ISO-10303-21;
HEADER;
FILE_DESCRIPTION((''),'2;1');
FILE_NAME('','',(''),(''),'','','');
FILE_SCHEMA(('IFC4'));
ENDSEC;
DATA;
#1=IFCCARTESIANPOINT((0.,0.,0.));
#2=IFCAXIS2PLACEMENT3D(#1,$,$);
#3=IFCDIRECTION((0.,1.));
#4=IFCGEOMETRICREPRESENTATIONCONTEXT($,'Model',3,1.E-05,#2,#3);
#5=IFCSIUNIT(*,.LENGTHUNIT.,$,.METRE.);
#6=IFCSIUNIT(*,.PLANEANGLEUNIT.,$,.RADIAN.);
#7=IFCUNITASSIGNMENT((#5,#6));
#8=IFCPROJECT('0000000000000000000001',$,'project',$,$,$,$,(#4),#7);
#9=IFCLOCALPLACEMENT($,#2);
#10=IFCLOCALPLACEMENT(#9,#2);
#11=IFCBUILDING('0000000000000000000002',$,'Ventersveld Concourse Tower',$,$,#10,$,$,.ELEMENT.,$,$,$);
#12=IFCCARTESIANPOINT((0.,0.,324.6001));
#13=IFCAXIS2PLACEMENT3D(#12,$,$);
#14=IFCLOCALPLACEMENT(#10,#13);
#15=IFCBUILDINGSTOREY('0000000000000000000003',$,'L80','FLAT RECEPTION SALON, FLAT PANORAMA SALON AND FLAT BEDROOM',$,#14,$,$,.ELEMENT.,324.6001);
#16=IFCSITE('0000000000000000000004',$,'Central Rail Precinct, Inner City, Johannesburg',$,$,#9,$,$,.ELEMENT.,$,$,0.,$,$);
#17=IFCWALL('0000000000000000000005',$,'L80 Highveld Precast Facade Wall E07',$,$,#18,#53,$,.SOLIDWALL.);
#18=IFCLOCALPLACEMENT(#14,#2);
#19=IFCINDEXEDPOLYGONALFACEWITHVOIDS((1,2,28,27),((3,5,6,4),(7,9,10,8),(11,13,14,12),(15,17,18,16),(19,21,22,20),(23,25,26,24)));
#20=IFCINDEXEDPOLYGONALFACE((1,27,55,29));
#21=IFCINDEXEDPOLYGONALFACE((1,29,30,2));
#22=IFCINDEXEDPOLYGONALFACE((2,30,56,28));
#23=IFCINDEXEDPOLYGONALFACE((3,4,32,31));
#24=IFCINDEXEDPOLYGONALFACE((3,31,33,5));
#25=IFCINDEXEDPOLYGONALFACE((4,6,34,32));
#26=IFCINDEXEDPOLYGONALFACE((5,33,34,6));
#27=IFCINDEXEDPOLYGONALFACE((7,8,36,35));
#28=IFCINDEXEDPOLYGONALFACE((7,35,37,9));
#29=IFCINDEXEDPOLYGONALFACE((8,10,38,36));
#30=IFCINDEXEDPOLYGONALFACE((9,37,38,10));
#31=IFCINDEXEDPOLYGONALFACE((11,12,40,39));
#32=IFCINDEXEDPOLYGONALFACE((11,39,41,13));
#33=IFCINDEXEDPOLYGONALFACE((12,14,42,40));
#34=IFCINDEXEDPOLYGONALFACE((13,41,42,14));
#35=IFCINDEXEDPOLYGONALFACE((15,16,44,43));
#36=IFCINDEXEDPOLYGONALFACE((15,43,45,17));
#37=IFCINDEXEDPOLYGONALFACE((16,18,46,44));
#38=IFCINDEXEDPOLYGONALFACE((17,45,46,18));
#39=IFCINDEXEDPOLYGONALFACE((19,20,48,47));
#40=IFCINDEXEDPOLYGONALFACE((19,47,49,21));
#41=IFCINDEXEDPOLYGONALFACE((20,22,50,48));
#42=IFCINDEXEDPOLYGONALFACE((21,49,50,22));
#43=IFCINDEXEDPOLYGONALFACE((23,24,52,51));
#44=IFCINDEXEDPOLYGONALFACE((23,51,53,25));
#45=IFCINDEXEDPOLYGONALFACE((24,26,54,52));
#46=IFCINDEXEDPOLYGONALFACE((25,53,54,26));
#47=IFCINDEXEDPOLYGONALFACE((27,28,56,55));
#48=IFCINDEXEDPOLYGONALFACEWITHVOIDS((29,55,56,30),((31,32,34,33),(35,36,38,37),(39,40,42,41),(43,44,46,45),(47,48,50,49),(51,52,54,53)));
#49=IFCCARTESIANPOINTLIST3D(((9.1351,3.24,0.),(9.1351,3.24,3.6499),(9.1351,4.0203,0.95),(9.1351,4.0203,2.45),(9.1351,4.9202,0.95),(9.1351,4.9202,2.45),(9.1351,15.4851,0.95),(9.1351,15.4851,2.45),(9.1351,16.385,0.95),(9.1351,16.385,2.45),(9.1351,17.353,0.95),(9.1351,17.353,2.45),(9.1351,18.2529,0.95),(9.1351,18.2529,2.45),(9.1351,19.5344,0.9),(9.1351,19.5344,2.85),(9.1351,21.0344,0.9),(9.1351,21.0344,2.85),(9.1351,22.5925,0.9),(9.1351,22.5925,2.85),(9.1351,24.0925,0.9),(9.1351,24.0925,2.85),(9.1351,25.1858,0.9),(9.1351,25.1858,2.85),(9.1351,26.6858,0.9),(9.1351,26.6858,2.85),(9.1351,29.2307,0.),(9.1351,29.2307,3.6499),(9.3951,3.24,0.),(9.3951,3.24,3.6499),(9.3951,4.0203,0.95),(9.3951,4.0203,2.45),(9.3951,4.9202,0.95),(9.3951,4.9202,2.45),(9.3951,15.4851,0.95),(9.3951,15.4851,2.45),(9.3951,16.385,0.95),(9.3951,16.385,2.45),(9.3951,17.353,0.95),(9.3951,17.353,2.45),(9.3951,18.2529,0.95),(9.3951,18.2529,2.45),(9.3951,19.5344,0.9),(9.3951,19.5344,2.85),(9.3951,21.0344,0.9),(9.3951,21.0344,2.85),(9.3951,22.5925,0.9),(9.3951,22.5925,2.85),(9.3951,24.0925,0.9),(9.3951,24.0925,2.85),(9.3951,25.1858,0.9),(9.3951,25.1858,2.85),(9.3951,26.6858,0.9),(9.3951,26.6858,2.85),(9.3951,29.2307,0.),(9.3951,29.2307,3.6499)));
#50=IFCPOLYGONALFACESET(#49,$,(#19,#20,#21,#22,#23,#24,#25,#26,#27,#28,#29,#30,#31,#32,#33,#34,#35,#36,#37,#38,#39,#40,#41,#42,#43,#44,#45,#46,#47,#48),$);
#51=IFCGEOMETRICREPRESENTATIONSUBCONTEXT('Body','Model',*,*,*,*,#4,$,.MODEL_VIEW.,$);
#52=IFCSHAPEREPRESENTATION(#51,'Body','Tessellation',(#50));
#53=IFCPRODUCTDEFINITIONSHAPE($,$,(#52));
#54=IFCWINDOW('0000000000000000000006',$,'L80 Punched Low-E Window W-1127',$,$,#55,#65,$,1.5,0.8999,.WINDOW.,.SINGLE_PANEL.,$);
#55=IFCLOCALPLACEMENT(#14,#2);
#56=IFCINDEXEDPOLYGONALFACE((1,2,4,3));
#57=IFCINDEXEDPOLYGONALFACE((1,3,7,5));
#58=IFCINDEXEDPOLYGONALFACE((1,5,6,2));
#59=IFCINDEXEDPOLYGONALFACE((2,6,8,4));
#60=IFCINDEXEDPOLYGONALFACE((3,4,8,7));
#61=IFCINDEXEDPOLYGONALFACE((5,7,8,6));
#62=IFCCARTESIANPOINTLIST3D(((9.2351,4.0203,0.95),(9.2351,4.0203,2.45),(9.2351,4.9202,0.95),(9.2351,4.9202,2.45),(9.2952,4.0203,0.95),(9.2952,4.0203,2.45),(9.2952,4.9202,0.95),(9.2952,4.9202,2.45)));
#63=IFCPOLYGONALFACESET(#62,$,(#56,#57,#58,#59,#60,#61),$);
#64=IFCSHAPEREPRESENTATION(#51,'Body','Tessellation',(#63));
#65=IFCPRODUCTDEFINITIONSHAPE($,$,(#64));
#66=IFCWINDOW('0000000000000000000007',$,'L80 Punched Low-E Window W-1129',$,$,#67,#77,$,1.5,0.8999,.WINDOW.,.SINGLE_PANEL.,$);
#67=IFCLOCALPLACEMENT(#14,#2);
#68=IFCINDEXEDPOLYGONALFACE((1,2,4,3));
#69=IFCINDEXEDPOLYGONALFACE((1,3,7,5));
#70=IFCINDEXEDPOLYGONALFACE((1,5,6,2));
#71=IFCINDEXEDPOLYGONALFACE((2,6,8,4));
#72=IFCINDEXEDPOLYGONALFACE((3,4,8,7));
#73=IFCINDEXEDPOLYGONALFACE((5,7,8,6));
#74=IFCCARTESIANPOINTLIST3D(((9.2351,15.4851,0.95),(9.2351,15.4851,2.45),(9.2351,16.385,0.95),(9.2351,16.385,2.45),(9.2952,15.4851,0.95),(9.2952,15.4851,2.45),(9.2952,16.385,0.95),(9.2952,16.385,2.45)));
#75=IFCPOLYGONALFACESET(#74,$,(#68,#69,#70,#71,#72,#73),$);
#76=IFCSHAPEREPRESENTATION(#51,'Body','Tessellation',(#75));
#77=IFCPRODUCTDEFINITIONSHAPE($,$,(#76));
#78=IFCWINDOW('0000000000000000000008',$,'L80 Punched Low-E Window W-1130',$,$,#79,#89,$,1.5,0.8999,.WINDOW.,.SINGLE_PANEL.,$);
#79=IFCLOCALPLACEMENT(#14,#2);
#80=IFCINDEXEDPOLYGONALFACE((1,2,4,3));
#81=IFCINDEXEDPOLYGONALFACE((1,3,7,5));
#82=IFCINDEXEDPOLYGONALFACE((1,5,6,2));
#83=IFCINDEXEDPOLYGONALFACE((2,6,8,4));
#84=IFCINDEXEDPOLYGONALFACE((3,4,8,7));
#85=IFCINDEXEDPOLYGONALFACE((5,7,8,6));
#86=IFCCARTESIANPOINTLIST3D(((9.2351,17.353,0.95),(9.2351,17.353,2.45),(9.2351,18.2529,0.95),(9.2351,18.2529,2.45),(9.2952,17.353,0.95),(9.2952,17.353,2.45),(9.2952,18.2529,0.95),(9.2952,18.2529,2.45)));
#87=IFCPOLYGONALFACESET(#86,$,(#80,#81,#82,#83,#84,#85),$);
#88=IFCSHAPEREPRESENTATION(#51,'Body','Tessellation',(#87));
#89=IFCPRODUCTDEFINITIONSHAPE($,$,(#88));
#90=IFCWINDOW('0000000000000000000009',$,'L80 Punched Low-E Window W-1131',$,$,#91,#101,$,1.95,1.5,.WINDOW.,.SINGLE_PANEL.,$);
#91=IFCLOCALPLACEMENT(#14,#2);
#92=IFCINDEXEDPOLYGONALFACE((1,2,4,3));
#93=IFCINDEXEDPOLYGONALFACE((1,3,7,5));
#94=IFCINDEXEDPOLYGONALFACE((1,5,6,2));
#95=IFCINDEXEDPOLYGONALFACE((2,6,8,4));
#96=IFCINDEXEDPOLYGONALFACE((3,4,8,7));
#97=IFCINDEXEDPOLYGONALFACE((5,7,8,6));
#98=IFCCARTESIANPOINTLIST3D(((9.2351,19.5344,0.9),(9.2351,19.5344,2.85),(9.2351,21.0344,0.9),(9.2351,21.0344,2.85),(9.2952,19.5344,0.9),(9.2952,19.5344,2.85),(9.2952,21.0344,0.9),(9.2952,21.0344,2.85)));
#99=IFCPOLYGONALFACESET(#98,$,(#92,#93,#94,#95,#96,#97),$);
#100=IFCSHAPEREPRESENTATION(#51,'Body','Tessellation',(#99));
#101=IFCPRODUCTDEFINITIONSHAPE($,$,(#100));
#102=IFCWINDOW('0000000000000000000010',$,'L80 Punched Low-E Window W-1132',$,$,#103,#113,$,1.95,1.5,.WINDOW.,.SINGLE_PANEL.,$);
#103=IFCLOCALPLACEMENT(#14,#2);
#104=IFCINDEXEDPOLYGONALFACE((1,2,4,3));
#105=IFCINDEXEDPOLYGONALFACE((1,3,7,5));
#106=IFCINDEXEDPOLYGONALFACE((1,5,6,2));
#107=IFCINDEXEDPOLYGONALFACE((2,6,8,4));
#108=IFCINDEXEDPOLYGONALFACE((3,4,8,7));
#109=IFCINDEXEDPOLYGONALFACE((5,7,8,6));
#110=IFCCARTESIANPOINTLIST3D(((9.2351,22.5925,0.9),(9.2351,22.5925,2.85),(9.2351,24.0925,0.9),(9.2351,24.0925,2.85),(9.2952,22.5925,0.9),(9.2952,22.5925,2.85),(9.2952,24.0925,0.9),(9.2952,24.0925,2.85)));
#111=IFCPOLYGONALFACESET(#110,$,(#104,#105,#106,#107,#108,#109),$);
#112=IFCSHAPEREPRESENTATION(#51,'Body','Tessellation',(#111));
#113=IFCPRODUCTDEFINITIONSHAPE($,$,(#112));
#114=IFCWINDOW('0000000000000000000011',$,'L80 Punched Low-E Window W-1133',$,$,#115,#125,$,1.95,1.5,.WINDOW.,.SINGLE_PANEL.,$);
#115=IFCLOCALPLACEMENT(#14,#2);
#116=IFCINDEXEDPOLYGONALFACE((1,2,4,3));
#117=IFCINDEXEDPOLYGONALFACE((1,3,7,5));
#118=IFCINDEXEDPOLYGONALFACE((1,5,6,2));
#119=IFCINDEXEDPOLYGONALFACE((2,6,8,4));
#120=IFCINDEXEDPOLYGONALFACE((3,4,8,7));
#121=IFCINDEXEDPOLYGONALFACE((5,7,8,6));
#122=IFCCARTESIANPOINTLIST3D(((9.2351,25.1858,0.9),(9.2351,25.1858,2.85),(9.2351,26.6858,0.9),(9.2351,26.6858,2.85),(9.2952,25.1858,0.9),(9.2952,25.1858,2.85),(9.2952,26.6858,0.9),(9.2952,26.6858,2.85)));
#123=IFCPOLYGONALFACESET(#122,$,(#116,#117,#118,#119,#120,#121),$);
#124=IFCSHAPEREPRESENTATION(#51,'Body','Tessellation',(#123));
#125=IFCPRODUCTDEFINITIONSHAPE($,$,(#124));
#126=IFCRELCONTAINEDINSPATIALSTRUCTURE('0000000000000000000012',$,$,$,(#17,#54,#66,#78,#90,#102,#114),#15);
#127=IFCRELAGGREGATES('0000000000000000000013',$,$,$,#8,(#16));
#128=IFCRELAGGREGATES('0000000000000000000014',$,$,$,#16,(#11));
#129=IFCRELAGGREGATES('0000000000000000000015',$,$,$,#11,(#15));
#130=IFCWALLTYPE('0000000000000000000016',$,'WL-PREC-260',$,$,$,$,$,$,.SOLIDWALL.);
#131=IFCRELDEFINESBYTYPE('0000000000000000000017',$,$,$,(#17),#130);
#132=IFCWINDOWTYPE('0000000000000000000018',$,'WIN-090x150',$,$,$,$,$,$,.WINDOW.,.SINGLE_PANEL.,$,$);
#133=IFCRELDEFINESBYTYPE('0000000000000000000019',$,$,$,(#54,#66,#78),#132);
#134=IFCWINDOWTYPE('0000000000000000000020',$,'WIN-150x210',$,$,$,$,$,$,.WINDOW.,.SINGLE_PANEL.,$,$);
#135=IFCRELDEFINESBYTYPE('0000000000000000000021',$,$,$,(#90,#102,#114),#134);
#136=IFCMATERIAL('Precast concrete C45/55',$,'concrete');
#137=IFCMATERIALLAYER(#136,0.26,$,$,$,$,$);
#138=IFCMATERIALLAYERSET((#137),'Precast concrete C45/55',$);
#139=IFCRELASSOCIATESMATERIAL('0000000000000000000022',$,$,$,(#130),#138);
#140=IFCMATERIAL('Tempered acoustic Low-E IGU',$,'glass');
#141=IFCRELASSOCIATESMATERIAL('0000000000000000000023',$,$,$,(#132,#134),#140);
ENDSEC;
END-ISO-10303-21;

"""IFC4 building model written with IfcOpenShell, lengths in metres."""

from ifc_helpers import new_model, si_unit, direction, frame, frame_2d, origin, place, context, subcontext, project, spatial, rectangle, extrude, material, layer, layer_set, type_object, element, fill, save


model = new_model("IFC4")

# Units and contexts
model_context = context("Model", 3, precision=1e-05, world=origin(), true_north=direction((0.0, 1.0)))
body_context = subcontext(model_context, "Body", "Model", "MODEL_VIEW")
ifc_project = project(units=[si_unit("LENGTHUNIT", "METRE"), si_unit("PLANEANGLEUNIT", "RADIAN")], contexts=[model_context])

# Site, building, storey
site_placement = place(None, origin())
site = spatial("IfcSite", under=ifc_project, at=site_placement, Name="Central Rail Precinct, Inner City, Johannesburg", CompositionType="ELEMENT", RefElevation=0.0)
building_placement = place(site_placement, origin())
building = spatial("IfcBuilding", under=site, at=building_placement, Name="Ventersveld Concourse Tower", CompositionType="ELEMENT")
storey_placement = place(building_placement, frame((0.0, 0.0, 324.6001)))
storey = spatial("IfcBuildingStorey", under=building, at=storey_placement, Name="L80", Description="FLAT RECEPTION SALON, FLAT PANORAMA SALON AND FLAT BEDROOM", CompositionType="ELEMENT", Elevation=324.6001)

# Shared definitions
ifc_material_1 = material(Name="Precast concrete C45/55", Category="concrete")
ifc_layer_1 = layer(ifc_material_1, 0.26)
ifc_layer_set_1 = layer_set([ifc_layer_1], Name="Precast concrete C45/55")
wall_type_1 = type_object("IfcWallType", Name="WL-PREC-260", PredefinedType="SOLIDWALL", material=ifc_layer_set_1)

# Wall, openings, windows
wall_1_placement = place(storey_placement, frame((9.2651, 29.2307, 0.0), z_axis=(0.0, 0.0, 1.0), x_axis=(0.0, -1.0, 0.0)))
wall_1 = element("IfcWall", 1, at=wall_1_placement, inside=storey, type_object=wall_type_1, Name="L80 Highveld Precast Facade Wall E07", PredefinedType="SOLIDWALL", context=body_context, shape_type="SweptSolid", body=[
    extrude(rectangle(XDim=25.9907, YDim=0.26, at=frame_2d((12.9954, 0.0))), origin(), (0.0, 0.0, 1.0), 3.6499),
])
opening_1_placement = place(wall_1_placement, frame((24.3105, 0.0, 0.95)))
opening_1 = element("IfcOpeningElement", 2, at=opening_1_placement, cuts=wall_1, PredefinedType="OPENING", context=body_context, shape_type="SweptSolid", body=[
    extrude(rectangle(XDim=0.8999, YDim=1.5, at=frame_2d((0.45, 0.75))), frame((0.0, 0.1401, 0.0), z_axis=(0.0, -1.0, 0.0), x_axis=(1.0, 0.0, 0.0)), (0.0, 0.0, 1.0), 0.28),
])
opening_2_placement = place(wall_1_placement, frame((12.8457, 0.0, 0.95)))
opening_2 = element("IfcOpeningElement", 3, at=opening_2_placement, cuts=wall_1, PredefinedType="OPENING", context=body_context, shape_type="SweptSolid", body=[
    extrude(rectangle(XDim=0.8999, YDim=1.5, at=frame_2d((0.45, 0.75))), frame((0.0, 0.1401, 0.0), z_axis=(0.0, -1.0, 0.0), x_axis=(1.0, 0.0, 0.0)), (0.0, 0.0, 1.0), 0.28),
])
opening_3_placement = place(wall_1_placement, frame((10.9778, 0.0, 0.95)))
opening_3 = element("IfcOpeningElement", 4, at=opening_3_placement, cuts=wall_1, PredefinedType="OPENING", context=body_context, shape_type="SweptSolid", body=[
    extrude(rectangle(XDim=0.8999, YDim=1.5, at=frame_2d((0.45, 0.75))), frame((0.0, 0.1401, 0.0), z_axis=(0.0, -1.0, 0.0), x_axis=(1.0, 0.0, 0.0)), (0.0, 0.0, 1.0), 0.28),
])
opening_4_placement = place(wall_1_placement, frame((8.1963, 0.0, 0.8999)))
opening_4 = element("IfcOpeningElement", 5, at=opening_4_placement, cuts=wall_1, PredefinedType="OPENING", context=body_context, shape_type="SweptSolid", body=[
    extrude(rectangle(XDim=1.5, YDim=1.95, at=frame_2d((0.75, 0.9751))), frame((0.0, 0.1401, 0.0), z_axis=(0.0, -1.0, 0.0), x_axis=(1.0, 0.0, 0.0)), (0.0, 0.0, 1.0), 0.28),
])
opening_5_placement = place(wall_1_placement, frame((5.1382, 0.0, 0.8999)))
opening_5 = element("IfcOpeningElement", 6, at=opening_5_placement, cuts=wall_1, PredefinedType="OPENING", context=body_context, shape_type="SweptSolid", body=[
    extrude(rectangle(XDim=1.5, YDim=1.95, at=frame_2d((0.75, 0.9751))), frame((0.0, 0.1401, 0.0), z_axis=(0.0, -1.0, 0.0), x_axis=(1.0, 0.0, 0.0)), (0.0, 0.0, 1.0), 0.28),
])
opening_6_placement = place(wall_1_placement, frame((2.5449, 0.0, 0.8999)))
opening_6 = element("IfcOpeningElement", 7, at=opening_6_placement, cuts=wall_1, PredefinedType="OPENING", context=body_context, shape_type="SweptSolid", body=[
    extrude(rectangle(XDim=1.5, YDim=1.95, at=frame_2d((0.75, 0.9751))), frame((0.0, 0.1401, 0.0), z_axis=(0.0, -1.0, 0.0), x_axis=(1.0, 0.0, 0.0)), (0.0, 0.0, 1.0), 0.28),
])
ifc_material_2 = material(Name="Tempered acoustic Low-E IGU", Category="glass")
window_type_1 = type_object("IfcWindowType", Name="WIN-090x150", PartitioningType="SINGLE_PANEL", PredefinedType="WINDOW", material=ifc_material_2)
window_1_placement = place(opening_1_placement, origin())
window_1 = element("IfcWindow", 8, at=window_1_placement, inside=storey, type_object=window_type_1, Name="L80 Punched Low-E Window W-1127", OverallHeight=1.5, OverallWidth=0.8999, PartitioningType="SINGLE_PANEL", PredefinedType="WINDOW", context=body_context, shape_type="SweptSolid", body=[
    extrude(rectangle(XDim=0.8999, YDim=1.5, at=frame_2d((0.45, 0.75))), frame((0.0, 0.03, 0.0), z_axis=(0.0, -1.0, 0.0), x_axis=(1.0, 0.0, 0.0)), (0.0, 0.0, 1.0), 0.0601),
])
fill(opening_1, window_1)
window_2_placement = place(opening_2_placement, origin())
window_2 = element("IfcWindow", 9, at=window_2_placement, inside=storey, type_object=window_type_1, Name="L80 Punched Low-E Window W-1129", OverallHeight=1.5, OverallWidth=0.8999, PartitioningType="SINGLE_PANEL", PredefinedType="WINDOW", context=body_context, shape_type="SweptSolid", body=[
    extrude(rectangle(XDim=0.8999, YDim=1.5, at=frame_2d((0.45, 0.75))), frame((0.0, 0.03, 0.0), z_axis=(0.0, -1.0, 0.0), x_axis=(1.0, 0.0, 0.0)), (0.0, 0.0, 1.0), 0.0601),
])
fill(opening_2, window_2)
window_3_placement = place(opening_3_placement, origin())
window_3 = element("IfcWindow", 10, at=window_3_placement, inside=storey, type_object=window_type_1, Name="L80 Punched Low-E Window W-1130", OverallHeight=1.5, OverallWidth=0.8999, PartitioningType="SINGLE_PANEL", PredefinedType="WINDOW", context=body_context, shape_type="SweptSolid", body=[
    extrude(rectangle(XDim=0.8999, YDim=1.5, at=frame_2d((0.45, 0.75))), frame((0.0, 0.03, 0.0), z_axis=(0.0, -1.0, 0.0), x_axis=(1.0, 0.0, 0.0)), (0.0, 0.0, 1.0), 0.0601),
])
fill(opening_3, window_3)
window_type_2 = type_object("IfcWindowType", Name="WIN-150x210", PartitioningType="SINGLE_PANEL", PredefinedType="WINDOW", material=ifc_material_2)
window_4_placement = place(opening_4_placement, origin())
window_4 = element("IfcWindow", 11, at=window_4_placement, inside=storey, type_object=window_type_2, Name="L80 Punched Low-E Window W-1131", OverallHeight=1.95, OverallWidth=1.5, PartitioningType="SINGLE_PANEL", PredefinedType="WINDOW", context=body_context, shape_type="SweptSolid", body=[
    extrude(rectangle(XDim=1.5, YDim=1.95, at=frame_2d((0.75, 0.9751))), frame((0.0, 0.03, 0.0), z_axis=(0.0, -1.0, 0.0), x_axis=(1.0, 0.0, 0.0)), (0.0, 0.0, 1.0), 0.0601),
])
fill(opening_4, window_4)
window_5_placement = place(opening_5_placement, origin())
window_5 = element("IfcWindow", 12, at=window_5_placement, inside=storey, type_object=window_type_2, Name="L80 Punched Low-E Window W-1132", OverallHeight=1.95, OverallWidth=1.5, PartitioningType="SINGLE_PANEL", PredefinedType="WINDOW", context=body_context, shape_type="SweptSolid", body=[
    extrude(rectangle(XDim=1.5, YDim=1.95, at=frame_2d((0.75, 0.9751))), frame((0.0, 0.03, 0.0), z_axis=(0.0, -1.0, 0.0), x_axis=(1.0, 0.0, 0.0)), (0.0, 0.0, 1.0), 0.0601),
])
fill(opening_5, window_5)
window_6_placement = place(opening_6_placement, origin())
window_6 = element("IfcWindow", 13, at=window_6_placement, inside=storey, type_object=window_type_2, Name="L80 Punched Low-E Window W-1133", OverallHeight=1.95, OverallWidth=1.5, PartitioningType="SINGLE_PANEL", PredefinedType="WINDOW", context=body_context, shape_type="SweptSolid", body=[
    extrude(rectangle(XDim=1.5, YDim=1.95, at=frame_2d((0.75, 0.9751))), frame((0.0, 0.03, 0.0), z_axis=(0.0, -1.0, 0.0), x_axis=(1.0, 0.0, 0.0)), (0.0, 0.0, 1.0), 0.0601),
])
fill(opening_6, window_6)

save(model, "model.ifc")
